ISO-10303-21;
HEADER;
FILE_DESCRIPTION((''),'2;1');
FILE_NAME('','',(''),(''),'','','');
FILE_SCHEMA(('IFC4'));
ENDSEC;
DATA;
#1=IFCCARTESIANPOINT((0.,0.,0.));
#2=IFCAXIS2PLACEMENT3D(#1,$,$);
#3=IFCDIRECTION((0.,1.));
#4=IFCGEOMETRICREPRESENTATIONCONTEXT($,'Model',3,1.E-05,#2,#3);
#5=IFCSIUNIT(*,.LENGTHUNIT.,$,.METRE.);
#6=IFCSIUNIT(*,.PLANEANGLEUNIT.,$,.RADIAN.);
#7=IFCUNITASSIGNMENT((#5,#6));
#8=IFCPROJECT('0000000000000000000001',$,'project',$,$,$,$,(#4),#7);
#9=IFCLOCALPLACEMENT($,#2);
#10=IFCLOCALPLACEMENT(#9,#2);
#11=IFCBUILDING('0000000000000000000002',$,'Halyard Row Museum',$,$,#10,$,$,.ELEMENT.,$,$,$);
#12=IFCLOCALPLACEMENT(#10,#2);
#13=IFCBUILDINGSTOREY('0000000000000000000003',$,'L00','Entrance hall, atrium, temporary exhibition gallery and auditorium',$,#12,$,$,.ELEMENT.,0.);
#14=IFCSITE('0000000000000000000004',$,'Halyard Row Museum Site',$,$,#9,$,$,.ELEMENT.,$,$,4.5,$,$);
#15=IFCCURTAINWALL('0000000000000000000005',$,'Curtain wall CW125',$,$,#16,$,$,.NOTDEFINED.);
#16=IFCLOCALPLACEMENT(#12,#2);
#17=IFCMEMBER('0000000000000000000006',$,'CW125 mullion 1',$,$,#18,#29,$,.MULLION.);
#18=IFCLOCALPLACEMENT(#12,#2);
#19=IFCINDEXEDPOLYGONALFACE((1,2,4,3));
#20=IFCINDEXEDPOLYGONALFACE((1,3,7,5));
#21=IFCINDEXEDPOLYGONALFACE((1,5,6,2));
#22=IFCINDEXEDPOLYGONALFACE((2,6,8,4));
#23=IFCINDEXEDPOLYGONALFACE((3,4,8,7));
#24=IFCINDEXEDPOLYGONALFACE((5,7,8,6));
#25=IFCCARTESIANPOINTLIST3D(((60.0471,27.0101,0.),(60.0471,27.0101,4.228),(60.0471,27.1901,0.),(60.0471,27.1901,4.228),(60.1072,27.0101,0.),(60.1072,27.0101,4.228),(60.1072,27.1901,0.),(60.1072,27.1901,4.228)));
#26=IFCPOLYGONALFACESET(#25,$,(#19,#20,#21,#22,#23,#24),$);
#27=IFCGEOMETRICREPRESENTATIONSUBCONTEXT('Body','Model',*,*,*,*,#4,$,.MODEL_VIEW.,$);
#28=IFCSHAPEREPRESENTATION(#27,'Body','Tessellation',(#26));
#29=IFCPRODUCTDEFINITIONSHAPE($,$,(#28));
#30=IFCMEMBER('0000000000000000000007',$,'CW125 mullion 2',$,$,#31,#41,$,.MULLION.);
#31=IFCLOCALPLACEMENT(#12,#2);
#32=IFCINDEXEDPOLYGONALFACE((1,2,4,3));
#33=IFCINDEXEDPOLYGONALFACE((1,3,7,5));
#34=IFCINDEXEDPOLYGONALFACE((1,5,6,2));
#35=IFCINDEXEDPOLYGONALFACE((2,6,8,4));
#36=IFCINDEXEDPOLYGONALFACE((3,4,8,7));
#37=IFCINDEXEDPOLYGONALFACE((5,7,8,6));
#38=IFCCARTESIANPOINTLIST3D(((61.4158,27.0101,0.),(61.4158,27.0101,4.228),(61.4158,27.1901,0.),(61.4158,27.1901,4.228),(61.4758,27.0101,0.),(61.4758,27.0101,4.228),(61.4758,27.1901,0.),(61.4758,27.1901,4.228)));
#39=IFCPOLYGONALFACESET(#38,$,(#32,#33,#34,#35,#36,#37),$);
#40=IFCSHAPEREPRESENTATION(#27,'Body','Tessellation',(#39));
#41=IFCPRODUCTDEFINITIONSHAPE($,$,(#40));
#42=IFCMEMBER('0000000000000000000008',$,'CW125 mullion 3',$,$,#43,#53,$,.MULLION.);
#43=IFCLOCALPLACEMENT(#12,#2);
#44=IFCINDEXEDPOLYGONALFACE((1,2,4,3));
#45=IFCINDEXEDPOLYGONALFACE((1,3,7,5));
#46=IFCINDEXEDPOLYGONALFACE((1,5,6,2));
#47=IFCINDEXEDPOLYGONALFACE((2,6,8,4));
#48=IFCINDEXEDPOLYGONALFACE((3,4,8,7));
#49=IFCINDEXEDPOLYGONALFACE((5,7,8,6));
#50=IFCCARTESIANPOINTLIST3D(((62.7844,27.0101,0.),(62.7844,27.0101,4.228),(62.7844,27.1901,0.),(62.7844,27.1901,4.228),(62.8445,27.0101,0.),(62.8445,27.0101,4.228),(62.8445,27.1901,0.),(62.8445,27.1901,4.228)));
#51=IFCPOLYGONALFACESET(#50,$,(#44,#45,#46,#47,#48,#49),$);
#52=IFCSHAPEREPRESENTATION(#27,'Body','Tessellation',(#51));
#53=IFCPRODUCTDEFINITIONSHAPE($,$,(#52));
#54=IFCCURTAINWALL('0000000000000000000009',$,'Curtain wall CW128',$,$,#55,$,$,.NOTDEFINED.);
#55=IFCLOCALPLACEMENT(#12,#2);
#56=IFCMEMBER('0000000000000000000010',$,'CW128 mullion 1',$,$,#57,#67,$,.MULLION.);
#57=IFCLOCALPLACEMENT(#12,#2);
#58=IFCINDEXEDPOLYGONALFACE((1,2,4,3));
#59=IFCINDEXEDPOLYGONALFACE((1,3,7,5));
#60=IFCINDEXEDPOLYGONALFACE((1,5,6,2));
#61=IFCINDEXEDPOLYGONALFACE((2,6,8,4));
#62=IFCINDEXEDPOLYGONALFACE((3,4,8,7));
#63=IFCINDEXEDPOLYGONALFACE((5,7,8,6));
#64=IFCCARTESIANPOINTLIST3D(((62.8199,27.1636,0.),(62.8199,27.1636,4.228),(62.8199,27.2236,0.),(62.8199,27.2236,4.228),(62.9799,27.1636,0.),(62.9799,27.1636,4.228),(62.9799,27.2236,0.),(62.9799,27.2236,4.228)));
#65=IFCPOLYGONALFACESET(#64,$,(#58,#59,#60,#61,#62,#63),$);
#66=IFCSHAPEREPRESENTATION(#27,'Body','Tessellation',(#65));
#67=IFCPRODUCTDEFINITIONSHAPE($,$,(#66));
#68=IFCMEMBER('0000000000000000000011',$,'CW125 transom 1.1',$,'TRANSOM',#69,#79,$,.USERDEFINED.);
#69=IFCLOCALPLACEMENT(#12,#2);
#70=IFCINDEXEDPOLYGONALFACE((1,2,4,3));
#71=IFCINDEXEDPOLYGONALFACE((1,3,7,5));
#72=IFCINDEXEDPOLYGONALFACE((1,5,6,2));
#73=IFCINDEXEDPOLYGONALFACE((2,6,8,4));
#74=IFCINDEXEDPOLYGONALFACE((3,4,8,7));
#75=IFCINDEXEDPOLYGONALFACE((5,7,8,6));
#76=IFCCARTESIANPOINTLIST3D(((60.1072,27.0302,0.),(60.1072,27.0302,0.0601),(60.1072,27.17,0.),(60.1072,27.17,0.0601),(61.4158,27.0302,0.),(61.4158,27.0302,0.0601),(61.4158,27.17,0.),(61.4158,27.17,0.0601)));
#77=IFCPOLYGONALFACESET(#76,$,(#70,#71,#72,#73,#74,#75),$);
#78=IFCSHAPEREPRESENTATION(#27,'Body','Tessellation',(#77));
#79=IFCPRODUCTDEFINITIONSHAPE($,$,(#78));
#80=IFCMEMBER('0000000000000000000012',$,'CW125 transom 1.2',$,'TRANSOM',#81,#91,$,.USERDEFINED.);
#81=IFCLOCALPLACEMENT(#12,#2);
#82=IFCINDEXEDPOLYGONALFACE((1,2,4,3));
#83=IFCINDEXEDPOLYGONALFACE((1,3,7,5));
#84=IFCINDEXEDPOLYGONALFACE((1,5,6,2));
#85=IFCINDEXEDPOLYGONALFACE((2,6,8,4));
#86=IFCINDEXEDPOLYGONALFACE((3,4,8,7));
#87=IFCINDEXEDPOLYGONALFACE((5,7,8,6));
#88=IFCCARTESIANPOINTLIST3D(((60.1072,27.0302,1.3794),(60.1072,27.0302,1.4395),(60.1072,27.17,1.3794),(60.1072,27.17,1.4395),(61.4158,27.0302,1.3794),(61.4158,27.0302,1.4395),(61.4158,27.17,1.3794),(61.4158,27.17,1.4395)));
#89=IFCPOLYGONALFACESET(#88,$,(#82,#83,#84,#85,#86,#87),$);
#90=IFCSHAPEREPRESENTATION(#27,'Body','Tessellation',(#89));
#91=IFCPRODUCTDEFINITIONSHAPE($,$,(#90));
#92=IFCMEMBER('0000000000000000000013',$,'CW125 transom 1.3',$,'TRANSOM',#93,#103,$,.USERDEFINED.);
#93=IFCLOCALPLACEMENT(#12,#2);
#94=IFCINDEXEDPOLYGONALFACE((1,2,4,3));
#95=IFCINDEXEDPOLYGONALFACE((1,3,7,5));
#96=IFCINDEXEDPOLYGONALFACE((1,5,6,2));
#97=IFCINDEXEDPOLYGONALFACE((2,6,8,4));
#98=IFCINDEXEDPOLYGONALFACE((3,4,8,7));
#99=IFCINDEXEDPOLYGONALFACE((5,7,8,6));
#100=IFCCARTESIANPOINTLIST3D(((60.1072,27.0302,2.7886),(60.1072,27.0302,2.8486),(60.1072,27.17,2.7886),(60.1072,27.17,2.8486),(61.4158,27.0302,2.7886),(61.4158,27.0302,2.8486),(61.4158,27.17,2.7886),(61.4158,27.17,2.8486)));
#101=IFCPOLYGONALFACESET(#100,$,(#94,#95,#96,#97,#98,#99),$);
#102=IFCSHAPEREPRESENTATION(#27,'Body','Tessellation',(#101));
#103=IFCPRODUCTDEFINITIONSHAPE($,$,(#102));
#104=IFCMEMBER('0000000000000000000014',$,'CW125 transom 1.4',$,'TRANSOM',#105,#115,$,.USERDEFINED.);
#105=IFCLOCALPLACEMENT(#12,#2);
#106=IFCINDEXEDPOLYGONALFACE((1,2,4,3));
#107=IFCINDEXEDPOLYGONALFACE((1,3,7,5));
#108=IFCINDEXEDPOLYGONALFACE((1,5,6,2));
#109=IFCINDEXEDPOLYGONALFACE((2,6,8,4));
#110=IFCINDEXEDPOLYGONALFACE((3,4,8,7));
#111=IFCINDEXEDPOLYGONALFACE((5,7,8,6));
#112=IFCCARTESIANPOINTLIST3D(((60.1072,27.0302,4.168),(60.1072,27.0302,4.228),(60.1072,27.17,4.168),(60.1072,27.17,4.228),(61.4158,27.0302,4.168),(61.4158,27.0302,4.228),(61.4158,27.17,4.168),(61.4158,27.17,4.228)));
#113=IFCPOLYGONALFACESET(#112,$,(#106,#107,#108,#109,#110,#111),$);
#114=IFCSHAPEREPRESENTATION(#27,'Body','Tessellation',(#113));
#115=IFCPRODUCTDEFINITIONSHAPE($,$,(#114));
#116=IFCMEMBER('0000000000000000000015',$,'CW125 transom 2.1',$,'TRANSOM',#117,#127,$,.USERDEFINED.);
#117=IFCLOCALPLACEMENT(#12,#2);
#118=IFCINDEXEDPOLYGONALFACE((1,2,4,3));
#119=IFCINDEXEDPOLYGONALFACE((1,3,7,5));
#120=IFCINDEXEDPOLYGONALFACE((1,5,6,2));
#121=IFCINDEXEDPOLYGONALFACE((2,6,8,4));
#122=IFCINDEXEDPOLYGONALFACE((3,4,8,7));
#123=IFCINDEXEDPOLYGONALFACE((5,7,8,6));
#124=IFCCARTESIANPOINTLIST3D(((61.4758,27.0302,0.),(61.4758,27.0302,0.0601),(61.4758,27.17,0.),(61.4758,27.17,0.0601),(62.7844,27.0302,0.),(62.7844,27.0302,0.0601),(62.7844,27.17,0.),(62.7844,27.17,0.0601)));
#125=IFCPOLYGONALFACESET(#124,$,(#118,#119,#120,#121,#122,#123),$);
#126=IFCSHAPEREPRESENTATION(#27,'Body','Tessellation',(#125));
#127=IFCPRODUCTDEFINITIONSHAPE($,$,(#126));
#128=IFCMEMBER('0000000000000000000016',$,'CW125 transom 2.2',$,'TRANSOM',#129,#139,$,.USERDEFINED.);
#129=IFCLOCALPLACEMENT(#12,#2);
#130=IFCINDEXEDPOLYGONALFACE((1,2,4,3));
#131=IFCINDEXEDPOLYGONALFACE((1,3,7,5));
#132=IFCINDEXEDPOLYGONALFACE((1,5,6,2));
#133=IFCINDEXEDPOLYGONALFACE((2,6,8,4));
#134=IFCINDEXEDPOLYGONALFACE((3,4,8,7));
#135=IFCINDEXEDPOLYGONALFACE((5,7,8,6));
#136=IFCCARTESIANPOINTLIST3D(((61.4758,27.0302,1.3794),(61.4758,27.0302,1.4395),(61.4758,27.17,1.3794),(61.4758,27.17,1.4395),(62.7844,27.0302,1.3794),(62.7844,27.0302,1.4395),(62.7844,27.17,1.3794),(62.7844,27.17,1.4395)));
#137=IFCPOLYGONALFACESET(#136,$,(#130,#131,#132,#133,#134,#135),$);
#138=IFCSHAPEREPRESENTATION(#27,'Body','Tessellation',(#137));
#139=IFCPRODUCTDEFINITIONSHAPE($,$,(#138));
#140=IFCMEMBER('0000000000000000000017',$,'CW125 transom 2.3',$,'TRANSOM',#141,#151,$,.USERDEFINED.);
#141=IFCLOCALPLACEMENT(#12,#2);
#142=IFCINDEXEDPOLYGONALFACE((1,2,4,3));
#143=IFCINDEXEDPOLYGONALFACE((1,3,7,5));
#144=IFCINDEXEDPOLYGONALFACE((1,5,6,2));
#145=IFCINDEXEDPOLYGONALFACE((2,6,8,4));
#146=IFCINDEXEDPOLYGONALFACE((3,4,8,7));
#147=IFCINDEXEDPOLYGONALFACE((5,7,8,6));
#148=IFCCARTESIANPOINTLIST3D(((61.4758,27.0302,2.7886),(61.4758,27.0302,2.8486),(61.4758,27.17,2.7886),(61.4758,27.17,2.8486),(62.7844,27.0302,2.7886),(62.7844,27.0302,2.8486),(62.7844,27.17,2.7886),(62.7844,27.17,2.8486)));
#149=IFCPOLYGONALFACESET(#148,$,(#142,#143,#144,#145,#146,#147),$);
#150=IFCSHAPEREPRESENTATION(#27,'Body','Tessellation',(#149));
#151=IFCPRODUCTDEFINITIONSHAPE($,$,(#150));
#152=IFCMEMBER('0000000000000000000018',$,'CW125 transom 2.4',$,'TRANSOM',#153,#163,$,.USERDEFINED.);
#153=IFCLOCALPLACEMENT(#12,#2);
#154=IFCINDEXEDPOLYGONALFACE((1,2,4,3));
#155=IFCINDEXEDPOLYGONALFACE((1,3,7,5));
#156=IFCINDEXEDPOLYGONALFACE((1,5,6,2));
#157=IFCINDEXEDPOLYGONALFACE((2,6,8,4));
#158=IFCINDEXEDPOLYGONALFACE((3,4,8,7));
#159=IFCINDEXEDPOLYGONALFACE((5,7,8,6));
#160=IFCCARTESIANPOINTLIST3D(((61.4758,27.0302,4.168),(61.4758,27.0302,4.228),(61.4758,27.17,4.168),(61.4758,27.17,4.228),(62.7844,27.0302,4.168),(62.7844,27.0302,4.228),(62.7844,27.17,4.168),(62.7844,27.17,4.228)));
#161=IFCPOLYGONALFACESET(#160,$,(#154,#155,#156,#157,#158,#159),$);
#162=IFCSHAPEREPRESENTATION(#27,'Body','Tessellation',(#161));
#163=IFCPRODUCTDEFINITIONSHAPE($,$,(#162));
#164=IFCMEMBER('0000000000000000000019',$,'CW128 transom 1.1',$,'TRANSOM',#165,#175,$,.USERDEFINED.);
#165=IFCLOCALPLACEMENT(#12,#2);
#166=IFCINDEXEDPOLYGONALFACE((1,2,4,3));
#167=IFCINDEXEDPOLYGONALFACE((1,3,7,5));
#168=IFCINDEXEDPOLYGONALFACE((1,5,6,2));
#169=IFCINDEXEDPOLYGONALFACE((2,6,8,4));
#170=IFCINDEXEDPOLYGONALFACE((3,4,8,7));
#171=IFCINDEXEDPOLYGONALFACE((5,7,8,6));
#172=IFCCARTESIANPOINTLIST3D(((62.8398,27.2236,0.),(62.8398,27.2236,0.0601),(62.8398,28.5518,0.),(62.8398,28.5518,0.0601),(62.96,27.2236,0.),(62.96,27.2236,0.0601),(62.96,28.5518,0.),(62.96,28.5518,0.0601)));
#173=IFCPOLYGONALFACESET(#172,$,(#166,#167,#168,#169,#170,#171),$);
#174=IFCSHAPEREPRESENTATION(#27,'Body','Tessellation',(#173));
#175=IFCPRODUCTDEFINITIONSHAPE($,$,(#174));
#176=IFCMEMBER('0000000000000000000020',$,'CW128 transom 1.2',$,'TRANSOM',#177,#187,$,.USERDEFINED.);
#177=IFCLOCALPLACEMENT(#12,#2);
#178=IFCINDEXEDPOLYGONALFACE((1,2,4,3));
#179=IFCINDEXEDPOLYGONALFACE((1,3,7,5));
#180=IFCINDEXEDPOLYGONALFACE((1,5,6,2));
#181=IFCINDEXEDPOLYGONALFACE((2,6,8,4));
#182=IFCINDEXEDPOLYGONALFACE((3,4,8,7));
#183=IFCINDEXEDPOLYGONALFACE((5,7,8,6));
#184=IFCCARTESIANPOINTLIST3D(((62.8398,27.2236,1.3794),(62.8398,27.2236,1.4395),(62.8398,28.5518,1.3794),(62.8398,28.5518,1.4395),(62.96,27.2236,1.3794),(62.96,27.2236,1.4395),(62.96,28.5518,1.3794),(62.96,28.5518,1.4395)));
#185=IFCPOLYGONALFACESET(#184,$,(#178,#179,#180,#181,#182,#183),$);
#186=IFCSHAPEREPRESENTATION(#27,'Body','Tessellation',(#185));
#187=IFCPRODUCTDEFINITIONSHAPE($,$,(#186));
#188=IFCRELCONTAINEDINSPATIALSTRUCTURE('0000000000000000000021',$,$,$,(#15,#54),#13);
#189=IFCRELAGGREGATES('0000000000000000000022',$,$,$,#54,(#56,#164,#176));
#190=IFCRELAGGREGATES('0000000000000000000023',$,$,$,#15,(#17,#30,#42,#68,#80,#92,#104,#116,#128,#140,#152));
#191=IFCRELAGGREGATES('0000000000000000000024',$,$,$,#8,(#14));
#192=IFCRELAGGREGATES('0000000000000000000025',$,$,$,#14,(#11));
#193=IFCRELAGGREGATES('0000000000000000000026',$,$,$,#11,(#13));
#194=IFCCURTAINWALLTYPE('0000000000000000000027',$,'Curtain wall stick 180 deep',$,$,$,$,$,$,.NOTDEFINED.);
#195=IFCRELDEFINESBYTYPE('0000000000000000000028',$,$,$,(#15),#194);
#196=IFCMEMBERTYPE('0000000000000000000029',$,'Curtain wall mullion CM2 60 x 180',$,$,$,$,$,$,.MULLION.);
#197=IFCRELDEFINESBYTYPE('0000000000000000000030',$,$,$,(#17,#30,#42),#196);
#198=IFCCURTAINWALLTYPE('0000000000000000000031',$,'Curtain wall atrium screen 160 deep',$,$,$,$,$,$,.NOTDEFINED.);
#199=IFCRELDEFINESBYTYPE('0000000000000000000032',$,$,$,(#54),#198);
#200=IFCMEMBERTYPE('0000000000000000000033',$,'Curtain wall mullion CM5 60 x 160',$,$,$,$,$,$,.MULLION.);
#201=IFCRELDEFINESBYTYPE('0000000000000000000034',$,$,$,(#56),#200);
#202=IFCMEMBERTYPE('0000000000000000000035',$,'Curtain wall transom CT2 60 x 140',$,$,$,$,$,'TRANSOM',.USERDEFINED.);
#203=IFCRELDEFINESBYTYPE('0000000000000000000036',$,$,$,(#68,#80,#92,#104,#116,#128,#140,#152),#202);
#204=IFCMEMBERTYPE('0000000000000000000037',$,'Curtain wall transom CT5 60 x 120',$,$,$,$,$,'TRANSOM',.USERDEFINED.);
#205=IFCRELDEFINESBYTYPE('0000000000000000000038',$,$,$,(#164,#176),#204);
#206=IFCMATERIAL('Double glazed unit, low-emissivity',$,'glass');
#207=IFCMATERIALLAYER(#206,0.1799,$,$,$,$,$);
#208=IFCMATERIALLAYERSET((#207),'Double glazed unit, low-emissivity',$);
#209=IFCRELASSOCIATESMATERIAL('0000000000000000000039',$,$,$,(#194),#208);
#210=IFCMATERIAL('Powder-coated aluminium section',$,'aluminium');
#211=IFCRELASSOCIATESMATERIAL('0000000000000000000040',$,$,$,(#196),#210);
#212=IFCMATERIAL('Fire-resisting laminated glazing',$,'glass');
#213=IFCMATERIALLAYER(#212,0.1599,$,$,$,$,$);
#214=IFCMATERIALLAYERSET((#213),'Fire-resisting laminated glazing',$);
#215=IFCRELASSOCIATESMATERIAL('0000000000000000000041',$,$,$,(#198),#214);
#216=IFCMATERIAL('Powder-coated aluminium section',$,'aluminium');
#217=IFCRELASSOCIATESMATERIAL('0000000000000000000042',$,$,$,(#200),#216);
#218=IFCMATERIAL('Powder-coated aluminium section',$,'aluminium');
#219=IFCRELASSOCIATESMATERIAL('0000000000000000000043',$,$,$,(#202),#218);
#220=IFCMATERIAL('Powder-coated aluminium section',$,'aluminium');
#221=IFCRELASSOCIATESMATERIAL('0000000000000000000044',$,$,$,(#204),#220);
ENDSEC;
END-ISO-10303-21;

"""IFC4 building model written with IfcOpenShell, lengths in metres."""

from ifc_helpers import new_model, si_unit, direction, frame, origin, origin_2d, place, context, subcontext, project, spatial, rectangle, extrude, material, layer, layer_set, material_profile, profile_set, type_object, element, aggregate, save


model = new_model("IFC4")

# Units and contexts
model_context = context("Model", 3, precision=1e-05, world=origin(), true_north=direction((0.0, 1.0)))
body_context = subcontext(model_context, "Body", "Model", "MODEL_VIEW")
ifc_project = project(units=[si_unit("LENGTHUNIT", "METRE"), si_unit("PLANEANGLEUNIT", "RADIAN")], contexts=[model_context])

# Site, building, storey
site_placement = place(None, origin())
site = spatial("IfcSite", under=ifc_project, at=site_placement, Name="Halyard Row Museum Site", CompositionType="ELEMENT", RefElevation=4.5)
building_placement = place(site_placement, origin())
building = spatial("IfcBuilding", under=site, at=building_placement, Name="Halyard Row Museum", CompositionType="ELEMENT")
storey_placement = place(building_placement, origin())
storey = spatial("IfcBuildingStorey", under=building, at=storey_placement, Name="L00", Description="Entrance hall, atrium, temporary exhibition gallery and auditorium", CompositionType="ELEMENT", Elevation=0.0)

# Curtain wall, members
ifc_material_1 = material(Name="Double glazed unit, low-emissivity", Category="glass")
ifc_layer_1 = layer(ifc_material_1, 0.1799)
ifc_layer_set_1 = layer_set([ifc_layer_1], Name="Double glazed unit, low-emissivity")
curtain_wall_type_1 = type_object("IfcCurtainWallType", Name="Curtain wall stick 180 deep", PredefinedType="NOTDEFINED", material=ifc_layer_set_1)
curtain_wall_1_placement = place(storey_placement, origin())
curtain_wall_1 = element("IfcCurtainWall", 1, at=curtain_wall_1_placement, inside=storey, type_object=curtain_wall_type_1, Name="Curtain wall CW125", PredefinedType="NOTDEFINED")
ifc_material_2 = material(Name="Powder-coated aluminium section", Category="aluminium")
ifc_material_profile_1 = material_profile(ifc_material_2, rectangle(XDim=0.1799, YDim=0.0601, at=origin_2d()), Name="180x60 mullion")
ifc_profile_set_1 = profile_set([ifc_material_profile_1], Name="Powder-coated aluminium section")
member_type_1 = type_object("IfcMemberType", Name="Curtain wall mullion CM2 60 x 180", PredefinedType="MULLION", material=ifc_profile_set_1)
member_1_placement = place(storey_placement, frame((60.0771, 27.1001, 0.0), z_axis=(0.0, 0.0, 1.0), x_axis=(0.0, 1.0, 0.0)))
member_1 = element("IfcMember", 2, at=member_1_placement, type_object=member_type_1, Name="CW125 mullion 1", PredefinedType="MULLION", context=body_context, shape_type="SweptSolid", body=[
    extrude(rectangle(XDim=0.1799, YDim=0.0601, at=origin_2d()), origin(), (0.0, 0.0, 1.0), 4.228),
])
member_2_placement = place(storey_placement, frame((61.4458, 27.1001, 0.0), z_axis=(0.0, 0.0, 1.0), x_axis=(0.0, 1.0, 0.0)))
member_2 = element("IfcMember", 3, at=member_2_placement, type_object=member_type_1, Name="CW125 mullion 2", PredefinedType="MULLION", context=body_context, shape_type="SweptSolid", body=[
    extrude(rectangle(XDim=0.1799, YDim=0.0601, at=origin_2d()), origin(), (0.0, 0.0, 1.0), 4.228),
])
member_3_placement = place(storey_placement, frame((62.8145, 27.1001, 0.0), z_axis=(0.0, 0.0, 1.0), x_axis=(0.0, 1.0, 0.0)))
member_3 = element("IfcMember", 4, at=member_3_placement, type_object=member_type_1, Name="CW125 mullion 3", PredefinedType="MULLION", context=body_context, shape_type="SweptSolid", body=[
    extrude(rectangle(XDim=0.1799, YDim=0.0601, at=origin_2d()), origin(), (0.0, 0.0, 1.0), 4.228),
])

# Curtain wall, member
ifc_material_3 = material(Name="Fire-resisting laminated glazing", Category="glass")
ifc_layer_2 = layer(ifc_material_3, 0.1599)
ifc_layer_set_2 = layer_set([ifc_layer_2], Name="Fire-resisting laminated glazing")
curtain_wall_type_2 = type_object("IfcCurtainWallType", Name="Curtain wall atrium screen 160 deep", PredefinedType="NOTDEFINED", material=ifc_layer_set_2)
curtain_wall_2_placement = place(storey_placement, origin())
curtain_wall_2 = element("IfcCurtainWall", 5, at=curtain_wall_2_placement, inside=storey, type_object=curtain_wall_type_2, Name="Curtain wall CW128", PredefinedType="NOTDEFINED")
ifc_material_4 = material(Name="Powder-coated aluminium section", Category="aluminium")
ifc_material_profile_2 = material_profile(ifc_material_4, rectangle(XDim=0.1599, YDim=0.0601, at=origin_2d()), Name="160x60 mullion")
ifc_profile_set_2 = profile_set([ifc_material_profile_2], Name="Powder-coated aluminium section")
member_type_2 = type_object("IfcMemberType", Name="Curtain wall mullion CM5 60 x 160", PredefinedType="MULLION", material=ifc_profile_set_2)
member_4_placement = place(storey_placement, frame((62.8999, 27.1936, 0.0), z_axis=(0.0, 0.0, 1.0), x_axis=(-1.0, 0.0, 0.0)))
member_4 = element("IfcMember", 6, at=member_4_placement, type_object=member_type_2, Name="CW128 mullion 1", PredefinedType="MULLION", context=body_context, shape_type="SweptSolid", body=[
    extrude(rectangle(XDim=0.1599, YDim=0.0601, at=origin_2d()), origin(), (0.0, 0.0, 1.0), 4.228),
])

# Members
ifc_material_5 = material(Name="Powder-coated aluminium section", Category="aluminium")
ifc_material_profile_3 = material_profile(ifc_material_5, rectangle(XDim=0.1399, YDim=0.0601, at=origin_2d()), Name="140x60 transom")
ifc_profile_set_3 = profile_set([ifc_material_profile_3], Name="Powder-coated aluminium section")
member_type_3 = type_object("IfcMemberType", Name="Curtain wall transom CT2 60 x 140", ElementType="TRANSOM", PredefinedType="USERDEFINED", material=ifc_profile_set_3)
member_5_placement = place(storey_placement, frame((60.1072, 27.1001, 0.03), z_axis=(1.0, 0.0, 0.0), x_axis=(0.0, 1.0, 0.0)))
member_5 = element("IfcMember", 7, at=member_5_placement, type_object=member_type_3, Name="CW125 transom 1.1", ObjectType="TRANSOM", PredefinedType="USERDEFINED", context=body_context, shape_type="SweptSolid", body=[
    extrude(rectangle(XDim=0.1399, YDim=0.0601, at=origin_2d()), origin(), (0.0, 0.0, 1.0), 1.3086),
])
member_6_placement = place(storey_placement, frame((60.1072, 27.1001, 1.4094), z_axis=(1.0, 0.0, 0.0), x_axis=(0.0, 1.0, 0.0)))
member_6 = element("IfcMember", 8, at=member_6_placement, type_object=member_type_3, Name="CW125 transom 1.2", ObjectType="TRANSOM", PredefinedType="USERDEFINED", context=body_context, shape_type="SweptSolid", body=[
    extrude(rectangle(XDim=0.1399, YDim=0.0601, at=origin_2d()), origin(), (0.0, 0.0, 1.0), 1.3086),
])
member_7_placement = place(storey_placement, frame((60.1072, 27.1001, 2.8186), z_axis=(1.0, 0.0, 0.0), x_axis=(0.0, 1.0, 0.0)))
member_7 = element("IfcMember", 9, at=member_7_placement, type_object=member_type_3, Name="CW125 transom 1.3", ObjectType="TRANSOM", PredefinedType="USERDEFINED", context=body_context, shape_type="SweptSolid", body=[
    extrude(rectangle(XDim=0.1399, YDim=0.0601, at=origin_2d()), origin(), (0.0, 0.0, 1.0), 1.3086),
])
member_8_placement = place(storey_placement, frame((60.1072, 27.1001, 4.198), z_axis=(1.0, 0.0, 0.0), x_axis=(0.0, 1.0, 0.0)))
member_8 = element("IfcMember", 10, at=member_8_placement, type_object=member_type_3, Name="CW125 transom 1.4", ObjectType="TRANSOM", PredefinedType="USERDEFINED", context=body_context, shape_type="SweptSolid", body=[
    extrude(rectangle(XDim=0.1399, YDim=0.0601, at=origin_2d()), origin(), (0.0, 0.0, 1.0), 1.3086),
])
member_9_placement = place(storey_placement, frame((61.4758, 27.1001, 0.03), z_axis=(1.0, 0.0, 0.0), x_axis=(0.0, 1.0, 0.0)))
member_9 = element("IfcMember", 11, at=member_9_placement, type_object=member_type_3, Name="CW125 transom 2.1", ObjectType="TRANSOM", PredefinedType="USERDEFINED", context=body_context, shape_type="SweptSolid", body=[
    extrude(rectangle(XDim=0.1399, YDim=0.0601, at=origin_2d()), origin(), (0.0, 0.0, 1.0), 1.3086),
])
member_10_placement = place(storey_placement, frame((61.4758, 27.1001, 1.4094), z_axis=(1.0, 0.0, 0.0), x_axis=(0.0, 1.0, 0.0)))
member_10 = element("IfcMember", 12, at=member_10_placement, type_object=member_type_3, Name="CW125 transom 2.2", ObjectType="TRANSOM", PredefinedType="USERDEFINED", context=body_context, shape_type="SweptSolid", body=[
    extrude(rectangle(XDim=0.1399, YDim=0.0601, at=origin_2d()), origin(), (0.0, 0.0, 1.0), 1.3086),
])
member_11_placement = place(storey_placement, frame((61.4758, 27.1001, 2.8186), z_axis=(1.0, 0.0, 0.0), x_axis=(0.0, 1.0, 0.0)))
member_11 = element("IfcMember", 13, at=member_11_placement, type_object=member_type_3, Name="CW125 transom 2.3", ObjectType="TRANSOM", PredefinedType="USERDEFINED", context=body_context, shape_type="SweptSolid", body=[
    extrude(rectangle(XDim=0.1399, YDim=0.0601, at=origin_2d()), origin(), (0.0, 0.0, 1.0), 1.3086),
])
member_12_placement = place(storey_placement, frame((61.4758, 27.1001, 4.198), z_axis=(1.0, 0.0, 0.0), x_axis=(0.0, 1.0, 0.0)))
member_12 = element("IfcMember", 14, at=member_12_placement, type_object=member_type_3, Name="CW125 transom 2.4", ObjectType="TRANSOM", PredefinedType="USERDEFINED", context=body_context, shape_type="SweptSolid", body=[
    extrude(rectangle(XDim=0.1399, YDim=0.0601, at=origin_2d()), origin(), (0.0, 0.0, 1.0), 1.3086),
])
ifc_material_6 = material(Name="Powder-coated aluminium section", Category="aluminium")
ifc_material_profile_4 = material_profile(ifc_material_6, rectangle(XDim=0.1201, YDim=0.0601, at=origin_2d()), Name="120x60 transom")
ifc_profile_set_4 = profile_set([ifc_material_profile_4], Name="Powder-coated aluminium section")
member_type_4 = type_object("IfcMemberType", Name="Curtain wall transom CT5 60 x 120", ElementType="TRANSOM", PredefinedType="USERDEFINED", material=ifc_profile_set_4)
member_13_placement = place(storey_placement, frame((62.8999, 27.2236, 0.03), z_axis=(0.0, 1.0, 0.0), x_axis=(-1.0, 0.0, 0.0)))
member_13 = element("IfcMember", 15, at=member_13_placement, type_object=member_type_4, Name="CW128 transom 1.1", ObjectType="TRANSOM", PredefinedType="USERDEFINED", context=body_context, shape_type="SweptSolid", body=[
    extrude(rectangle(XDim=0.1201, YDim=0.0601, at=origin_2d()), origin(), (0.0, 0.0, 1.0), 1.3281),
])
member_14_placement = place(storey_placement, frame((62.8999, 27.2236, 1.4094), z_axis=(0.0, 1.0, 0.0), x_axis=(-1.0, 0.0, 0.0)))
member_14 = element("IfcMember", 16, at=member_14_placement, type_object=member_type_4, Name="CW128 transom 1.2", ObjectType="TRANSOM", PredefinedType="USERDEFINED", context=body_context, shape_type="SweptSolid", body=[
    extrude(rectangle(XDim=0.1201, YDim=0.0601, at=origin_2d()), origin(), (0.0, 0.0, 1.0), 1.3281),
])
aggregate(curtain_wall_2, [member_4, member_13, member_14])

aggregate(curtain_wall_1, [member_1, member_2, member_3, member_5, member_6, member_7, member_8, member_9, member_10, member_11, member_12])

save(model, "model.ifc")
